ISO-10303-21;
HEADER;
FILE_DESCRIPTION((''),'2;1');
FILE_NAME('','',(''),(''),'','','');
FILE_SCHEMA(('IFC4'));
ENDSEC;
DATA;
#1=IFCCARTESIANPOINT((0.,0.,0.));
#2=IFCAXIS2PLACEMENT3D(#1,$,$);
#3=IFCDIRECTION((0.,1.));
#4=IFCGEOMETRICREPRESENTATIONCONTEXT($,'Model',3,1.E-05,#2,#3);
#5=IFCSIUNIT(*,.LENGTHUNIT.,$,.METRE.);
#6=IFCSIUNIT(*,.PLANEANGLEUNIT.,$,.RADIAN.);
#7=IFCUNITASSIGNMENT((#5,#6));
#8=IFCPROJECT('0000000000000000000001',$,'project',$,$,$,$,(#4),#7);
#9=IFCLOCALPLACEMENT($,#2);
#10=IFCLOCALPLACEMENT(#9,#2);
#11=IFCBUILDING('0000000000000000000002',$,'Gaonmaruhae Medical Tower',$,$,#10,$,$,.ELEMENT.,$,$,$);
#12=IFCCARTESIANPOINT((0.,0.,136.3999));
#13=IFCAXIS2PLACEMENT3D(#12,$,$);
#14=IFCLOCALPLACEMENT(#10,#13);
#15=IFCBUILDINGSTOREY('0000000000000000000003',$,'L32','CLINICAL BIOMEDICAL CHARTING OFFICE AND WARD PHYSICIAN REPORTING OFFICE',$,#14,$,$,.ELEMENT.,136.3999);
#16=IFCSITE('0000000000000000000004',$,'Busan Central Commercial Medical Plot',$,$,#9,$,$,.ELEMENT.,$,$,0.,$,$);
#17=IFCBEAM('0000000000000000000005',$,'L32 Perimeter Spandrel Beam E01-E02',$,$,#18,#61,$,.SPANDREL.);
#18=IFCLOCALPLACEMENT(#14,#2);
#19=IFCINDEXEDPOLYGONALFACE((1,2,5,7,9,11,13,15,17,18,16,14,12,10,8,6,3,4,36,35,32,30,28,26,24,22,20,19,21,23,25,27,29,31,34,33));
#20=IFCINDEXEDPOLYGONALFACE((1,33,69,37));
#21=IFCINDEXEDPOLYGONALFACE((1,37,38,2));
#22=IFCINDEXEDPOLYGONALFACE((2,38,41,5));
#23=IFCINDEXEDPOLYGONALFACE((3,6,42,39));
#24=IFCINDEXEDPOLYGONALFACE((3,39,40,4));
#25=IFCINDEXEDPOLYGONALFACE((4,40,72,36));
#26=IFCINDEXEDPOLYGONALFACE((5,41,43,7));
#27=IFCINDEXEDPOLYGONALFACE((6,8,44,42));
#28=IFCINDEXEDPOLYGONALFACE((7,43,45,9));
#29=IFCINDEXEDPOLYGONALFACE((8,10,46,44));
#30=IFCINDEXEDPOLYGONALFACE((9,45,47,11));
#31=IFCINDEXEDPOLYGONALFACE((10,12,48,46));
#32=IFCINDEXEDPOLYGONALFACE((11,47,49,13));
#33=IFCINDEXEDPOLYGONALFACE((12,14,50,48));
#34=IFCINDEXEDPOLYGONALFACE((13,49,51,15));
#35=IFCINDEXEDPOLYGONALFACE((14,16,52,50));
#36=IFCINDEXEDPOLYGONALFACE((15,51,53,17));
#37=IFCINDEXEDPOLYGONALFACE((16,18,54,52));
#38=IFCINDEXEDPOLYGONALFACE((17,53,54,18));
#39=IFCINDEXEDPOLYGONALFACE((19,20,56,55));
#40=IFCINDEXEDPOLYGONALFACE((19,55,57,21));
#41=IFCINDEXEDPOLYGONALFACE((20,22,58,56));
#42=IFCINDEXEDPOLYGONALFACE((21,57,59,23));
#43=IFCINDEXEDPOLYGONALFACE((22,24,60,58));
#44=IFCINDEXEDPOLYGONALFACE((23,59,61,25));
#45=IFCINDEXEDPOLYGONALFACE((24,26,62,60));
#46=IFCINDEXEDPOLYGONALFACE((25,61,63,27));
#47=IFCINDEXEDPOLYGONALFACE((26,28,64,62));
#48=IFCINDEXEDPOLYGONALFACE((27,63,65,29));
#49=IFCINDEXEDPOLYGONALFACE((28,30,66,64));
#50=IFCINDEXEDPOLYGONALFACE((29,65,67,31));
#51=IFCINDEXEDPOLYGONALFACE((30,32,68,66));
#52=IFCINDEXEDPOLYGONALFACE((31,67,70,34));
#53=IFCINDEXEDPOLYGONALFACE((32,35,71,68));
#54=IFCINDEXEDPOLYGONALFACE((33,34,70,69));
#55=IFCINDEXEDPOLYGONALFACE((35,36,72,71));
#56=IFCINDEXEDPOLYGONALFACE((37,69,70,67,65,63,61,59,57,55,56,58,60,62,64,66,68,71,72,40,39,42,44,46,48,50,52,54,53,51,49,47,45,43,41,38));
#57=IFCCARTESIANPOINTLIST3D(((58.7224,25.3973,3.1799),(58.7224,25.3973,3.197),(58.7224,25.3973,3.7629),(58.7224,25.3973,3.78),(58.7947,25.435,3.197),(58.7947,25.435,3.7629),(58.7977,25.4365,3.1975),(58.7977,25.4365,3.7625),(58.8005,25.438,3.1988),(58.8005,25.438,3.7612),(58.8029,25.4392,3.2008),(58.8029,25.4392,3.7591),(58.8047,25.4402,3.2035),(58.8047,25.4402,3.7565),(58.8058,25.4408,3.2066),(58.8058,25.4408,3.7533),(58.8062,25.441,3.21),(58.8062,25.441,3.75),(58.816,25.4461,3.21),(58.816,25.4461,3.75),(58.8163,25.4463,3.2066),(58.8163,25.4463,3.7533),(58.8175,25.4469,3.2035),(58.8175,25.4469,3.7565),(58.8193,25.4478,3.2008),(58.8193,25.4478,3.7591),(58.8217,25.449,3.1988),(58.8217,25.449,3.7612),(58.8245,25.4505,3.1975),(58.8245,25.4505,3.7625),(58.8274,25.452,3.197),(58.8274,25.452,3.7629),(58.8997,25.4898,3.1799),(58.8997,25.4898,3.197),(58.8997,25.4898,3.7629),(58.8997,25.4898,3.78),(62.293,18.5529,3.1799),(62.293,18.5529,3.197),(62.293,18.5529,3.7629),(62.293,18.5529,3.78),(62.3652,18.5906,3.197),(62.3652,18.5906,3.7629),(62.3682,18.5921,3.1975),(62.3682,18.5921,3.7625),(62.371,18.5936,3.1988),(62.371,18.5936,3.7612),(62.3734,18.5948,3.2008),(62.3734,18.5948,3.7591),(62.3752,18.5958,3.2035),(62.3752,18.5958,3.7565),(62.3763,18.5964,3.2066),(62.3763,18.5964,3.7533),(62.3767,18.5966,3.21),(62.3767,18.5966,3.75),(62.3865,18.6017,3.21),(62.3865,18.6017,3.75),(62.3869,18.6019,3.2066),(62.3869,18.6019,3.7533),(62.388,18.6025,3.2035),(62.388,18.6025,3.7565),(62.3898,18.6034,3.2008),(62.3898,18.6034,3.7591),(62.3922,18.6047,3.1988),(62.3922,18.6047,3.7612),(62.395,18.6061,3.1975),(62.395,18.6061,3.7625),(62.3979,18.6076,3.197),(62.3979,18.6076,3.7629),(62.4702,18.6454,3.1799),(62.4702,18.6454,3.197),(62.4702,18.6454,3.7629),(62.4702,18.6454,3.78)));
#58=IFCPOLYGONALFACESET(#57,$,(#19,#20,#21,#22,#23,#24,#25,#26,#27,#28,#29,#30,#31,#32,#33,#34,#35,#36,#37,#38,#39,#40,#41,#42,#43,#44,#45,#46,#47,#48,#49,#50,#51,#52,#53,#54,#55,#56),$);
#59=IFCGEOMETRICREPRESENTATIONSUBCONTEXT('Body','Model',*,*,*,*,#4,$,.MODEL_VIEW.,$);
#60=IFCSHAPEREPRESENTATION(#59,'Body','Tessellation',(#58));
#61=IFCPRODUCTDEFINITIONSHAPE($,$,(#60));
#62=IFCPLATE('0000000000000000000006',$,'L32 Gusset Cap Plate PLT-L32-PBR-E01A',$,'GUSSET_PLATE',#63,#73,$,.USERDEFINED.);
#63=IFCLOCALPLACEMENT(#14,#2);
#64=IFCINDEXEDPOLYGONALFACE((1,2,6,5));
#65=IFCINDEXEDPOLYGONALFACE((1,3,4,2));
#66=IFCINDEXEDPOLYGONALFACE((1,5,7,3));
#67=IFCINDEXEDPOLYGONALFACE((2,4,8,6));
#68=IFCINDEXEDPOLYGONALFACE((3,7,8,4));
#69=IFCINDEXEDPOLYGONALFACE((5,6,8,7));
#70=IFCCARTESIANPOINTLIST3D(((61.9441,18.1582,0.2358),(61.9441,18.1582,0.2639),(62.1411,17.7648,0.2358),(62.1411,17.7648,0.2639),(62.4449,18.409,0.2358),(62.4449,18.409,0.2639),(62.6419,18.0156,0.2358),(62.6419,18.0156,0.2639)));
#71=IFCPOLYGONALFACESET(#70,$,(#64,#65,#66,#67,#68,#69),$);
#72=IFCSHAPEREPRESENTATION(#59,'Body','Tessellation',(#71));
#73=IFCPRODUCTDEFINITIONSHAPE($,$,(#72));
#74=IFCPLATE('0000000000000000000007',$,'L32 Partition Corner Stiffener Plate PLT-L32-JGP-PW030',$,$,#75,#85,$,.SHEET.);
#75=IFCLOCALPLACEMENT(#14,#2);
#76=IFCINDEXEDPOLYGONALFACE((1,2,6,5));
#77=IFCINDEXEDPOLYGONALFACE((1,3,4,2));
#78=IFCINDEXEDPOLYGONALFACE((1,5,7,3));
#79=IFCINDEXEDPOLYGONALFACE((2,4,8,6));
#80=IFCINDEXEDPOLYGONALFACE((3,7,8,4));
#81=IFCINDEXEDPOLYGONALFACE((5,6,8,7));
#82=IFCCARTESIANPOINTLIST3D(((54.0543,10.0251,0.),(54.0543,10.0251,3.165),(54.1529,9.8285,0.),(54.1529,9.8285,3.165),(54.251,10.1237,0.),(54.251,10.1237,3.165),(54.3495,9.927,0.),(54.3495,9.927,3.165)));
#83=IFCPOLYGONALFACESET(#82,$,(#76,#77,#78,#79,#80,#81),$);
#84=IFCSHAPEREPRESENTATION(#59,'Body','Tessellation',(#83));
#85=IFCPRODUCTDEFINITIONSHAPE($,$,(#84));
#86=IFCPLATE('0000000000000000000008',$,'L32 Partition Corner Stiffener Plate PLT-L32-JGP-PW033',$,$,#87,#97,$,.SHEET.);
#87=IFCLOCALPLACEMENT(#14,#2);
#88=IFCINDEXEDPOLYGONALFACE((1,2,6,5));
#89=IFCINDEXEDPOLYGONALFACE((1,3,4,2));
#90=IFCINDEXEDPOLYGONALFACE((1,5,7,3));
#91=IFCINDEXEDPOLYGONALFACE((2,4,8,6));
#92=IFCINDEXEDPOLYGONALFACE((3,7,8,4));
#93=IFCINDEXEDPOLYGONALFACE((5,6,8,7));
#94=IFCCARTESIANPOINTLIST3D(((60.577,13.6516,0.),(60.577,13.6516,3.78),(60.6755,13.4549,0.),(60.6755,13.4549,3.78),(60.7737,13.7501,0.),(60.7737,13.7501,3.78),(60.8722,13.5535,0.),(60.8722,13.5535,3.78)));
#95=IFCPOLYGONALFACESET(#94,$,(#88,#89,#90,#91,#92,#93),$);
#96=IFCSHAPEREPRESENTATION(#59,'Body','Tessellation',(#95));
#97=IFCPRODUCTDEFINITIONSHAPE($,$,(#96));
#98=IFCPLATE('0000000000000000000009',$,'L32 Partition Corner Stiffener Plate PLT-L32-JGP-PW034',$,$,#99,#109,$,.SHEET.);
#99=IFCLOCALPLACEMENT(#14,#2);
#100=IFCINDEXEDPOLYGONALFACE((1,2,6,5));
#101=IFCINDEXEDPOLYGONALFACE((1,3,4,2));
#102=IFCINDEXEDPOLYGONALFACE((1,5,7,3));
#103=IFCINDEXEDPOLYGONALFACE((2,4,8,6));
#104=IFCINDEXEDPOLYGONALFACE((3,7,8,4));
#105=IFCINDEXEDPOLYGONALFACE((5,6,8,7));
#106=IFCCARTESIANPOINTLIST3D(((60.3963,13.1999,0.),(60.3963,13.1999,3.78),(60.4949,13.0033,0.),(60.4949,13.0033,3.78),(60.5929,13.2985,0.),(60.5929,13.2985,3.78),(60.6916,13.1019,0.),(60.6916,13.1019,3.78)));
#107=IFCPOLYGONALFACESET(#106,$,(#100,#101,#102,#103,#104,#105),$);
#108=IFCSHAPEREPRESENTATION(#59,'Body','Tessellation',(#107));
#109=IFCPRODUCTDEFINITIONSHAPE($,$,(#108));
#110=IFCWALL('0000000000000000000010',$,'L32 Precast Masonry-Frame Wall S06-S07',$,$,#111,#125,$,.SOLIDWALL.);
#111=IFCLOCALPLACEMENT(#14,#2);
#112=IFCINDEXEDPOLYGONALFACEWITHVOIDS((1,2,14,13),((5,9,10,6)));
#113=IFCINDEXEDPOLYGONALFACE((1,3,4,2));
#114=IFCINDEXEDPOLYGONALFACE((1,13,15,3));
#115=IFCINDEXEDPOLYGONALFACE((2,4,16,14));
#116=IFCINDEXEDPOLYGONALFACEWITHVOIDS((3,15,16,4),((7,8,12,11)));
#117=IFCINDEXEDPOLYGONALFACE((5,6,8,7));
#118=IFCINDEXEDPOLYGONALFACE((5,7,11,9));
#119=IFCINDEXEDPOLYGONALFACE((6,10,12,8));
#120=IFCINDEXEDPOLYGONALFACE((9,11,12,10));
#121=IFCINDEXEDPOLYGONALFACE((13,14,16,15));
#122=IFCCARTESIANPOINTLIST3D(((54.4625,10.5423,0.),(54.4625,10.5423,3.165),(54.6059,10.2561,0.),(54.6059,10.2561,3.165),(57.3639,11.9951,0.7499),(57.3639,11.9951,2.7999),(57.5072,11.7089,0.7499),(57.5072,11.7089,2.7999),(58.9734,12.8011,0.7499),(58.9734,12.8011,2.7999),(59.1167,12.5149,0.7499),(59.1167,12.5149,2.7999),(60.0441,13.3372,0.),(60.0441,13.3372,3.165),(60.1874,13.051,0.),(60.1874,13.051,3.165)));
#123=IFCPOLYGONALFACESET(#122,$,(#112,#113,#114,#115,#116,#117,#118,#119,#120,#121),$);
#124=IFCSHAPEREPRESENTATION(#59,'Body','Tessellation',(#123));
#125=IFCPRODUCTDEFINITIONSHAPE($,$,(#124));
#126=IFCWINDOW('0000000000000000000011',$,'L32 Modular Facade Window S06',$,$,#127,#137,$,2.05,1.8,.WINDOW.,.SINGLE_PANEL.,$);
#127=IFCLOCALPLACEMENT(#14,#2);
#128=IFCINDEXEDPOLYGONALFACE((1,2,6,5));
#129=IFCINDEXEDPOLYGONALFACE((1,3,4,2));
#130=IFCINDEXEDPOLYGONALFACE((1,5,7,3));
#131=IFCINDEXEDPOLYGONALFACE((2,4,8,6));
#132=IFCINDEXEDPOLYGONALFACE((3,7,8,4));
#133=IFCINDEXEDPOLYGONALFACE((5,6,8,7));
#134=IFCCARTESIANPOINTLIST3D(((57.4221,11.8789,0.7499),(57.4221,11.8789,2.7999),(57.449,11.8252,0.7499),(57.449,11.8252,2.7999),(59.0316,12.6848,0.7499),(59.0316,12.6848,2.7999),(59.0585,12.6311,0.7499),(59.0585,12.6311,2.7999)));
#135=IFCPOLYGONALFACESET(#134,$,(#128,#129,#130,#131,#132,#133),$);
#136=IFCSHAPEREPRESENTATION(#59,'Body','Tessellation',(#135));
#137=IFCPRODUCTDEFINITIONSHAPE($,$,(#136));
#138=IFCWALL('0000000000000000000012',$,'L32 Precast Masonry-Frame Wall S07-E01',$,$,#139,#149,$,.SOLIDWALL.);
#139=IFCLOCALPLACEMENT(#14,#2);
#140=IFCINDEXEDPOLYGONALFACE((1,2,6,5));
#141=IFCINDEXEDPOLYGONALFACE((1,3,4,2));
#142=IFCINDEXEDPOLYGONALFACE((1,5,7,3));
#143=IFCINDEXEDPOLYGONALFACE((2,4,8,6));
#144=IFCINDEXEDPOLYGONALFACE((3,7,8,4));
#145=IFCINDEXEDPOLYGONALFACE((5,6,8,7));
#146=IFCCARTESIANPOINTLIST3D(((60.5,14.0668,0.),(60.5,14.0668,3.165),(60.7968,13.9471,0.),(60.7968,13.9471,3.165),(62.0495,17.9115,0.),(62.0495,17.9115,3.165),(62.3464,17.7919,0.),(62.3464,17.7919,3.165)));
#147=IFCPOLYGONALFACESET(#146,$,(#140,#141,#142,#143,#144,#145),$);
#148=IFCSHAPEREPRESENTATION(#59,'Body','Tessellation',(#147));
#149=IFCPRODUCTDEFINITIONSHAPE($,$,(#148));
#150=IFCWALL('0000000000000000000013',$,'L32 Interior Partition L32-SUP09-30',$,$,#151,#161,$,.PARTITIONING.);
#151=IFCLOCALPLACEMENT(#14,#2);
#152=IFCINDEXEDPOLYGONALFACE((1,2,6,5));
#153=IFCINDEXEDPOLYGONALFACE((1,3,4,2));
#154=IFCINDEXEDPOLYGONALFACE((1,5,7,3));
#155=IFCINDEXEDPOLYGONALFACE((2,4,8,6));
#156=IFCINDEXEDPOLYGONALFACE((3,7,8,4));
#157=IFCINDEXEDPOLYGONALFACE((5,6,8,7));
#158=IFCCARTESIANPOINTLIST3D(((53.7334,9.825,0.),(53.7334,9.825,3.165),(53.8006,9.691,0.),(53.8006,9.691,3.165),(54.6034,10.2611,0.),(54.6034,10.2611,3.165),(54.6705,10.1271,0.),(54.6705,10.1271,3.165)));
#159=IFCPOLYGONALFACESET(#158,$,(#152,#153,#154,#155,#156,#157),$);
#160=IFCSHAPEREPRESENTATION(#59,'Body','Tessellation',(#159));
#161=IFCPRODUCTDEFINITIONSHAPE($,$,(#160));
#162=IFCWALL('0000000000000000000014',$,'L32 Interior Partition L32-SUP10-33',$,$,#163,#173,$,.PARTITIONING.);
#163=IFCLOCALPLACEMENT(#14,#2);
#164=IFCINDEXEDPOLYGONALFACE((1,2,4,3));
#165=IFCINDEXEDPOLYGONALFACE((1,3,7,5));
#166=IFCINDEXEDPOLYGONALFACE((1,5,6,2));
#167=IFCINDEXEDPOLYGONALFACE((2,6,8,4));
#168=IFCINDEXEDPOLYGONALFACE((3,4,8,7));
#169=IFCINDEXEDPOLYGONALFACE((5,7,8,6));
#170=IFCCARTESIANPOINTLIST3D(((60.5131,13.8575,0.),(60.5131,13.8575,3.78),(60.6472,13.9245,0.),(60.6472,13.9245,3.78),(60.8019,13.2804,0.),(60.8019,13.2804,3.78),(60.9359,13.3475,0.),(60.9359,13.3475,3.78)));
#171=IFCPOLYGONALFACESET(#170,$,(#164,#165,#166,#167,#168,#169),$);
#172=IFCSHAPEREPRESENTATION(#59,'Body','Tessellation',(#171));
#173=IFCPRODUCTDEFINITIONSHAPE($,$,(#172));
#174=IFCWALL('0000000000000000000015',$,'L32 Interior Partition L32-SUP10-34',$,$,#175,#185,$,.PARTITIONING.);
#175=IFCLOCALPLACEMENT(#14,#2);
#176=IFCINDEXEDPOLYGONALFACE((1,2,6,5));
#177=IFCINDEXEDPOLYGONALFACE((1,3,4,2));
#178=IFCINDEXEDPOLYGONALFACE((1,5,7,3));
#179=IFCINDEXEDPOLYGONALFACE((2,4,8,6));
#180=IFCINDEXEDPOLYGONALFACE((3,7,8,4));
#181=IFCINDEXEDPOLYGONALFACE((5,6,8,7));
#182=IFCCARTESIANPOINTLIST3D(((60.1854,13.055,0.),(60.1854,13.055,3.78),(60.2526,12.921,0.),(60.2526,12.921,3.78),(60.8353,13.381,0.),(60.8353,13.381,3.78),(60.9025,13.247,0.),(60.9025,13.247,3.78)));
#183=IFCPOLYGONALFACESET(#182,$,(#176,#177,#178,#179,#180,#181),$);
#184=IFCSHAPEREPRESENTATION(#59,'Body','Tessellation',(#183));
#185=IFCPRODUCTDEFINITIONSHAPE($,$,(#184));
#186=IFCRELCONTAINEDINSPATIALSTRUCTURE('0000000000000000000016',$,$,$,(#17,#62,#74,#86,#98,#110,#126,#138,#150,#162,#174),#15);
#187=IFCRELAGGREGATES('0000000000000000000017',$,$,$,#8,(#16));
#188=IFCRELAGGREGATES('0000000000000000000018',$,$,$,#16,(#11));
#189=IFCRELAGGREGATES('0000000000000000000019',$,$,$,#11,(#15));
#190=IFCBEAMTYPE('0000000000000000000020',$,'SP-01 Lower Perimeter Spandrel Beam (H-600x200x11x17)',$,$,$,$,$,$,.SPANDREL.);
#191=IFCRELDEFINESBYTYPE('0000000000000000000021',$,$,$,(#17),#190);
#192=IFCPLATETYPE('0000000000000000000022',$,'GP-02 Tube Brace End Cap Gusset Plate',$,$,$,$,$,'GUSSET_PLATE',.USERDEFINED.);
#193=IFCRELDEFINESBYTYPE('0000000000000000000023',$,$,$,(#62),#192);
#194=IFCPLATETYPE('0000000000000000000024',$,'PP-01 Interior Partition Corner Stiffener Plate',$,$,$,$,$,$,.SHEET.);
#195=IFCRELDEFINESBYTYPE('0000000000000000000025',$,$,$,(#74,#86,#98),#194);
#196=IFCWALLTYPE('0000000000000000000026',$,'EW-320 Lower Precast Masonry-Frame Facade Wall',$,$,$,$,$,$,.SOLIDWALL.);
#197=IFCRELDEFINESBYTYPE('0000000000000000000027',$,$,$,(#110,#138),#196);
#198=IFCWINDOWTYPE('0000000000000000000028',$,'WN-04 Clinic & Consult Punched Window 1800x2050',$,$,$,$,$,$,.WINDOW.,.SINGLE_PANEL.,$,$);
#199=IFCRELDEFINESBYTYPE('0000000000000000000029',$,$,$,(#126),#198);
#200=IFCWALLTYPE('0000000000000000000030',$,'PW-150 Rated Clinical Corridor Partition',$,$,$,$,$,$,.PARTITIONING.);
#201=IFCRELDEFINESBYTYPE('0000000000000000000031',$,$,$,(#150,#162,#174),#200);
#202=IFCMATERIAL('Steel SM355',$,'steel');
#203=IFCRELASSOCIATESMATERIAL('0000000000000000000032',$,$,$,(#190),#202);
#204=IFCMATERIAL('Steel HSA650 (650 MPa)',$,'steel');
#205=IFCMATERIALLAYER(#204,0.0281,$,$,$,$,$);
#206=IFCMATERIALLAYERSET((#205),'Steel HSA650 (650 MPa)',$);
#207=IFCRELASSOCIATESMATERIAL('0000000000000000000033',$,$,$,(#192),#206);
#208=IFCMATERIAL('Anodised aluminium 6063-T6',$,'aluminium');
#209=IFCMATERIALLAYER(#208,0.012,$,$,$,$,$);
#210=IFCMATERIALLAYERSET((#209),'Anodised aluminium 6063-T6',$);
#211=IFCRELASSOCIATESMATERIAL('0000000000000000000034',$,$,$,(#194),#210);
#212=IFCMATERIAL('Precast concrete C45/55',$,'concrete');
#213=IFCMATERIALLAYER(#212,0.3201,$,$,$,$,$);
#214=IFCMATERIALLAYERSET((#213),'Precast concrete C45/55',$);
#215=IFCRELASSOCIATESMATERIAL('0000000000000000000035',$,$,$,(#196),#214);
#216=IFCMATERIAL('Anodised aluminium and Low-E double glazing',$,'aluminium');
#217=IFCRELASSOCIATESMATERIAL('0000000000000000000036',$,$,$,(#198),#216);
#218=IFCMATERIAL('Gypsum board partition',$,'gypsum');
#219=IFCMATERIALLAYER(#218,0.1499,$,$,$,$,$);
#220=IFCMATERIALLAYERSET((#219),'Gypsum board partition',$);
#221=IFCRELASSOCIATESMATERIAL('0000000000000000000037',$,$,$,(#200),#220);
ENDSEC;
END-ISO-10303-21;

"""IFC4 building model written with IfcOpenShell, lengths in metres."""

from ifc_helpers import new_model, si_unit, direction, frame, frame_2d, origin, origin_2d, place, context, subcontext, project, spatial, rectangle, i_section, extrude, material, layer, layer_set, material_profile, profile_set, type_object, element, fill, save


model = new_model("IFC4")

# Units and contexts
model_context = context("Model", 3, precision=1e-05, world=origin(), true_north=direction((0.0, 1.0)))
body_context = subcontext(model_context, "Body", "Model", "MODEL_VIEW")
ifc_project = project(units=[si_unit("LENGTHUNIT", "METRE"), si_unit("PLANEANGLEUNIT", "RADIAN")], contexts=[model_context])

# Site, building, storey
site_placement = place(None, origin())
site = spatial("IfcSite", under=ifc_project, at=site_placement, Name="Busan Central Commercial Medical Plot", CompositionType="ELEMENT", RefElevation=0.0)
building_placement = place(site_placement, origin())
building = spatial("IfcBuilding", under=site, at=building_placement, Name="Gaonmaruhae Medical Tower", CompositionType="ELEMENT")
storey_placement = place(building_placement, frame((0.0, 0.0, 136.3999)))
storey = spatial("IfcBuildingStorey", under=building, at=storey_placement, Name="L32", Description="CLINICAL BIOMEDICAL CHARTING OFFICE AND WARD PHYSICIAN REPORTING OFFICE", CompositionType="ELEMENT", Elevation=136.3999)

# Beam
ifc_material_1 = material(Name="Steel SM355", Category="steel")
ifc_material_profile_1 = material_profile(ifc_material_1, i_section(OverallWidth=0.2, OverallDepth=0.6001, WebThickness=0.011, FlangeThickness=0.0171, FilletRadius=0.0129, at=origin_2d()), Name="H-600x200x11x17")
ifc_profile_set_1 = profile_set([ifc_material_profile_1], Name="Steel SM355")
beam_type = type_object("IfcBeamType", Name="SP-01 Lower Perimeter Spandrel Beam (H-600x200x11x17)", PredefinedType="SPANDREL", material=ifc_profile_set_1)
beam_1_placement = place(storey_placement, frame((62.3816, 18.5991, 3.48), z_axis=(-0.462517, 0.88661, 0.0), x_axis=(-0.88661, -0.462517, 0.0)))
element("IfcBeam", 1, at=beam_1_placement, inside=storey, type_object=beam_type, Name="L32 Perimeter Spandrel Beam E01-E02", PredefinedType="SPANDREL", context=body_context, shape_type="SweptSolid", body=[
    extrude(i_section(OverallWidth=0.2, OverallDepth=0.6001, WebThickness=0.011, FlangeThickness=0.0171, FilletRadius=0.0129, at=origin_2d()), origin(), (0.0, 0.0, 1.0), 7.7197),
])

# Plates
ifc_material_2 = material(Name="Steel HSA650 (650 MPa)", Category="steel")
ifc_layer_1 = layer(ifc_material_2, 0.0281)
ifc_layer_set_1 = layer_set([ifc_layer_1], Name="Steel HSA650 (650 MPa)")
plate_type_1 = type_object("IfcPlateType", Name="GP-02 Tube Brace End Cap Gusset Plate", ElementType="GUSSET_PLATE", PredefinedType="USERDEFINED", material=ifc_layer_set_1)
plate_1_placement = place(storey_placement, frame((62.293, 18.0869, 0.2358), z_axis=(0.0, 0.0, 1.0), x_axis=(0.894154, 0.447759, 0.0)))
element("IfcPlate", 2, at=plate_1_placement, inside=storey, type_object=plate_type_1, Name="L32 Gusset Cap Plate PLT-L32-PBR-E01A", ObjectType="GUSSET_PLATE", PredefinedType="USERDEFINED", context=body_context, shape_type="SweptSolid", body=[
    extrude(rectangle(XDim=0.5601, YDim=0.4399, at=origin_2d()), origin(), (0.0, 0.0, 1.0), 0.0281),
])
ifc_material_3 = material(Name="Anodised aluminium 6063-T6", Category="aluminium")
ifc_layer_2 = layer(ifc_material_3, 0.012)
ifc_layer_set_2 = layer_set([ifc_layer_2], Name="Anodised aluminium 6063-T6")
plate_type_2 = type_object("IfcPlateType", Name="PP-01 Interior Partition Corner Stiffener Plate", PredefinedType="SHEET", material=ifc_layer_set_2)
plate_2_placement = place(storey_placement, frame((54.2019, 9.9761, 0.0), z_axis=(0.0, 0.0, 1.0), x_axis=(-0.894014, -0.44804, 0.0)))
element("IfcPlate", 3, at=plate_2_placement, inside=storey, type_object=plate_type_2, Name="L32 Partition Corner Stiffener Plate PLT-L32-JGP-PW030", PredefinedType="SHEET", context=body_context, shape_type="SweptSolid", body=[
    extrude(rectangle(XDim=0.22, YDim=0.22, at=origin_2d()), origin(), (0.0, 0.0, 1.0), 3.165),
])
for number, where, z_axis, x_axis, name in (
    (4, (60.7246, 13.6025, 0.0), (0.0, 0.0, 1.0), (0.447837, -0.894115, 0.0), "L32 Partition Corner Stiffener Plate PLT-L32-JGP-PW033"),
    (5, (60.5439, 13.1509, 0.0), (0.0, 0.0, 1.0), (-0.893873, -0.448321, 0.0), "L32 Partition Corner Stiffener Plate PLT-L32-JGP-PW034"),
):
    element("IfcPlate", number, at=place(storey_placement, frame(where, z_axis=z_axis, x_axis=x_axis)), inside=storey, type_object=plate_type_2, Name=name, PredefinedType="SHEET", context=body_context, shape_type="SweptSolid", body=[
        extrude(rectangle(XDim=0.22, YDim=0.22, at=origin_2d()), origin(), (0.0, 0.0, 1.0), 3.78),
    ])

# Wall, opening, window
ifc_material_4 = material(Name="Precast concrete C45/55", Category="concrete")
ifc_layer_3 = layer(ifc_material_4, 0.3201)
ifc_layer_set_3 = layer_set([ifc_layer_3], Name="Precast concrete C45/55")
wall_type_1 = type_object("IfcWallType", Name="EW-320 Lower Precast Masonry-Frame Facade Wall", PredefinedType="SOLIDWALL", material=ifc_layer_set_3)
wall_1_placement = place(storey_placement, frame((60.1157, 13.1941, 0.0), z_axis=(0.0, 0.0, 1.0), x_axis=(-0.894161, -0.447745, 0.0)))
wall_1 = element("IfcWall", 6, at=wall_1_placement, inside=storey, type_object=wall_type_1, Name="L32 Precast Masonry-Frame Wall S06-S07", PredefinedType="SOLIDWALL", context=body_context, shape_type="SweptSolid", body=[
    extrude(rectangle(XDim=6.2422, YDim=0.3201, at=frame_2d((3.1211, 0.0))), origin(), (0.0, 0.0, 1.0), 3.165),
])
opening_placement = place(wall_1_placement, frame((1.1975, 0.0, 0.75)))
opening = element("IfcOpeningElement", 7, at=opening_placement, cuts=wall_1, PredefinedType="OPENING", context=body_context, shape_type="SweptSolid", body=[
    extrude(rectangle(XDim=1.8, YDim=2.05, at=frame_2d((0.8999, 1.0249))), frame((0.0, 0.1699, 0.0), z_axis=(0.0, -1.0, 0.0), x_axis=(1.0, 0.0, 0.0)), (0.0, 0.0, 1.0), 0.3401),
])
ifc_material_5 = material(Name="Anodised aluminium and Low-E double glazing", Category="aluminium")
window_type = type_object("IfcWindowType", Name="WN-04 Clinic & Consult Punched Window 1800x2050", PartitioningType="SINGLE_PANEL", PredefinedType="WINDOW", material=ifc_material_5)
window_placement = place(opening_placement, origin())
window = element("IfcWindow", 8, at=window_placement, inside=storey, type_object=window_type, Name="L32 Modular Facade Window S06", OverallHeight=2.05, OverallWidth=1.8, PartitioningType="SINGLE_PANEL", PredefinedType="WINDOW", context=body_context, shape_type="SweptSolid", body=[
    extrude(rectangle(XDim=1.8, YDim=2.05, at=frame_2d((0.8999, 1.0249))), frame((0.0, 0.03, 0.0), z_axis=(0.0, -1.0, 0.0), x_axis=(1.0, 0.0, 0.0)), (0.0, 0.0, 1.0), 0.0601),
])
fill(opening, window)

# Walls
wall_2_placement = place(storey_placement, frame((62.198, 17.8518, 0.0), z_axis=(0.0, 0.0, 1.0), x_axis=(-0.373816, -0.927503, 0.0)))
element("IfcWall", 9, at=wall_2_placement, inside=storey, type_object=wall_type_1, Name="L32 Precast Masonry-Frame Wall S07-E01", PredefinedType="SOLIDWALL", context=body_context, shape_type="SweptSolid", body=[
    extrude(rectangle(XDim=4.1453, YDim=0.3201, at=frame_2d((2.0728, 0.0))), origin(), (0.0, 0.0, 1.0), 3.165),
])
ifc_material_6 = material(Name="Gypsum board partition", Category="gypsum")
ifc_layer_4 = layer(ifc_material_6, 0.1499)
ifc_layer_set_4 = layer_set([ifc_layer_4], Name="Gypsum board partition")
wall_type_2 = type_object("IfcWallType", Name="PW-150 Rated Clinical Corridor Partition", PredefinedType="PARTITIONING", material=ifc_layer_set_4)
wall_3_placement = place(storey_placement, frame((54.637, 10.1941, 0.0), z_axis=(0.0, 0.0, 1.0), x_axis=(-0.893975, -0.448117, 0.0)))
element("IfcWall", 10, at=wall_3_placement, inside=storey, type_object=wall_type_2, Name="L32 Interior Partition L32-SUP09-30", PredefinedType="PARTITIONING", context=body_context, shape_type="SweptSolid", body=[
    extrude(rectangle(XDim=0.9731, YDim=0.1499, at=frame_2d((0.4866, 0.0))), origin(), (0.0, 0.0, 1.0), 3.165),
])
wall_4_placement = place(storey_placement, frame((60.5801, 13.8911, 0.0), z_axis=(0.0, 0.0, 1.0), x_axis=(0.447516, -0.894276, 0.0)))
element("IfcWall", 11, at=wall_4_placement, inside=storey, type_object=wall_type_2, Name="L32 Interior Partition L32-SUP10-33", PredefinedType="PARTITIONING", context=body_context, shape_type="SweptSolid", body=[
    extrude(rectangle(XDim=0.6453, YDim=0.1499, at=frame_2d((0.3228, 0.0))), origin(), (0.0, 0.0, 1.0), 3.78),
])
wall_5_placement = place(storey_placement, frame((60.8689, 13.314, 0.0), z_axis=(0.0, 0.0, 1.0), x_axis=(-0.893889, -0.448288, 0.0)))
element("IfcWall", 12, at=wall_5_placement, inside=storey, type_object=wall_type_2, Name="L32 Interior Partition L32-SUP10-34", PredefinedType="PARTITIONING", context=body_context, shape_type="SweptSolid", body=[
    extrude(rectangle(XDim=0.7271, YDim=0.1499, at=frame_2d((0.3635, 0.0))), origin(), (0.0, 0.0, 1.0), 3.78),
])

save(model, "model.ifc")
